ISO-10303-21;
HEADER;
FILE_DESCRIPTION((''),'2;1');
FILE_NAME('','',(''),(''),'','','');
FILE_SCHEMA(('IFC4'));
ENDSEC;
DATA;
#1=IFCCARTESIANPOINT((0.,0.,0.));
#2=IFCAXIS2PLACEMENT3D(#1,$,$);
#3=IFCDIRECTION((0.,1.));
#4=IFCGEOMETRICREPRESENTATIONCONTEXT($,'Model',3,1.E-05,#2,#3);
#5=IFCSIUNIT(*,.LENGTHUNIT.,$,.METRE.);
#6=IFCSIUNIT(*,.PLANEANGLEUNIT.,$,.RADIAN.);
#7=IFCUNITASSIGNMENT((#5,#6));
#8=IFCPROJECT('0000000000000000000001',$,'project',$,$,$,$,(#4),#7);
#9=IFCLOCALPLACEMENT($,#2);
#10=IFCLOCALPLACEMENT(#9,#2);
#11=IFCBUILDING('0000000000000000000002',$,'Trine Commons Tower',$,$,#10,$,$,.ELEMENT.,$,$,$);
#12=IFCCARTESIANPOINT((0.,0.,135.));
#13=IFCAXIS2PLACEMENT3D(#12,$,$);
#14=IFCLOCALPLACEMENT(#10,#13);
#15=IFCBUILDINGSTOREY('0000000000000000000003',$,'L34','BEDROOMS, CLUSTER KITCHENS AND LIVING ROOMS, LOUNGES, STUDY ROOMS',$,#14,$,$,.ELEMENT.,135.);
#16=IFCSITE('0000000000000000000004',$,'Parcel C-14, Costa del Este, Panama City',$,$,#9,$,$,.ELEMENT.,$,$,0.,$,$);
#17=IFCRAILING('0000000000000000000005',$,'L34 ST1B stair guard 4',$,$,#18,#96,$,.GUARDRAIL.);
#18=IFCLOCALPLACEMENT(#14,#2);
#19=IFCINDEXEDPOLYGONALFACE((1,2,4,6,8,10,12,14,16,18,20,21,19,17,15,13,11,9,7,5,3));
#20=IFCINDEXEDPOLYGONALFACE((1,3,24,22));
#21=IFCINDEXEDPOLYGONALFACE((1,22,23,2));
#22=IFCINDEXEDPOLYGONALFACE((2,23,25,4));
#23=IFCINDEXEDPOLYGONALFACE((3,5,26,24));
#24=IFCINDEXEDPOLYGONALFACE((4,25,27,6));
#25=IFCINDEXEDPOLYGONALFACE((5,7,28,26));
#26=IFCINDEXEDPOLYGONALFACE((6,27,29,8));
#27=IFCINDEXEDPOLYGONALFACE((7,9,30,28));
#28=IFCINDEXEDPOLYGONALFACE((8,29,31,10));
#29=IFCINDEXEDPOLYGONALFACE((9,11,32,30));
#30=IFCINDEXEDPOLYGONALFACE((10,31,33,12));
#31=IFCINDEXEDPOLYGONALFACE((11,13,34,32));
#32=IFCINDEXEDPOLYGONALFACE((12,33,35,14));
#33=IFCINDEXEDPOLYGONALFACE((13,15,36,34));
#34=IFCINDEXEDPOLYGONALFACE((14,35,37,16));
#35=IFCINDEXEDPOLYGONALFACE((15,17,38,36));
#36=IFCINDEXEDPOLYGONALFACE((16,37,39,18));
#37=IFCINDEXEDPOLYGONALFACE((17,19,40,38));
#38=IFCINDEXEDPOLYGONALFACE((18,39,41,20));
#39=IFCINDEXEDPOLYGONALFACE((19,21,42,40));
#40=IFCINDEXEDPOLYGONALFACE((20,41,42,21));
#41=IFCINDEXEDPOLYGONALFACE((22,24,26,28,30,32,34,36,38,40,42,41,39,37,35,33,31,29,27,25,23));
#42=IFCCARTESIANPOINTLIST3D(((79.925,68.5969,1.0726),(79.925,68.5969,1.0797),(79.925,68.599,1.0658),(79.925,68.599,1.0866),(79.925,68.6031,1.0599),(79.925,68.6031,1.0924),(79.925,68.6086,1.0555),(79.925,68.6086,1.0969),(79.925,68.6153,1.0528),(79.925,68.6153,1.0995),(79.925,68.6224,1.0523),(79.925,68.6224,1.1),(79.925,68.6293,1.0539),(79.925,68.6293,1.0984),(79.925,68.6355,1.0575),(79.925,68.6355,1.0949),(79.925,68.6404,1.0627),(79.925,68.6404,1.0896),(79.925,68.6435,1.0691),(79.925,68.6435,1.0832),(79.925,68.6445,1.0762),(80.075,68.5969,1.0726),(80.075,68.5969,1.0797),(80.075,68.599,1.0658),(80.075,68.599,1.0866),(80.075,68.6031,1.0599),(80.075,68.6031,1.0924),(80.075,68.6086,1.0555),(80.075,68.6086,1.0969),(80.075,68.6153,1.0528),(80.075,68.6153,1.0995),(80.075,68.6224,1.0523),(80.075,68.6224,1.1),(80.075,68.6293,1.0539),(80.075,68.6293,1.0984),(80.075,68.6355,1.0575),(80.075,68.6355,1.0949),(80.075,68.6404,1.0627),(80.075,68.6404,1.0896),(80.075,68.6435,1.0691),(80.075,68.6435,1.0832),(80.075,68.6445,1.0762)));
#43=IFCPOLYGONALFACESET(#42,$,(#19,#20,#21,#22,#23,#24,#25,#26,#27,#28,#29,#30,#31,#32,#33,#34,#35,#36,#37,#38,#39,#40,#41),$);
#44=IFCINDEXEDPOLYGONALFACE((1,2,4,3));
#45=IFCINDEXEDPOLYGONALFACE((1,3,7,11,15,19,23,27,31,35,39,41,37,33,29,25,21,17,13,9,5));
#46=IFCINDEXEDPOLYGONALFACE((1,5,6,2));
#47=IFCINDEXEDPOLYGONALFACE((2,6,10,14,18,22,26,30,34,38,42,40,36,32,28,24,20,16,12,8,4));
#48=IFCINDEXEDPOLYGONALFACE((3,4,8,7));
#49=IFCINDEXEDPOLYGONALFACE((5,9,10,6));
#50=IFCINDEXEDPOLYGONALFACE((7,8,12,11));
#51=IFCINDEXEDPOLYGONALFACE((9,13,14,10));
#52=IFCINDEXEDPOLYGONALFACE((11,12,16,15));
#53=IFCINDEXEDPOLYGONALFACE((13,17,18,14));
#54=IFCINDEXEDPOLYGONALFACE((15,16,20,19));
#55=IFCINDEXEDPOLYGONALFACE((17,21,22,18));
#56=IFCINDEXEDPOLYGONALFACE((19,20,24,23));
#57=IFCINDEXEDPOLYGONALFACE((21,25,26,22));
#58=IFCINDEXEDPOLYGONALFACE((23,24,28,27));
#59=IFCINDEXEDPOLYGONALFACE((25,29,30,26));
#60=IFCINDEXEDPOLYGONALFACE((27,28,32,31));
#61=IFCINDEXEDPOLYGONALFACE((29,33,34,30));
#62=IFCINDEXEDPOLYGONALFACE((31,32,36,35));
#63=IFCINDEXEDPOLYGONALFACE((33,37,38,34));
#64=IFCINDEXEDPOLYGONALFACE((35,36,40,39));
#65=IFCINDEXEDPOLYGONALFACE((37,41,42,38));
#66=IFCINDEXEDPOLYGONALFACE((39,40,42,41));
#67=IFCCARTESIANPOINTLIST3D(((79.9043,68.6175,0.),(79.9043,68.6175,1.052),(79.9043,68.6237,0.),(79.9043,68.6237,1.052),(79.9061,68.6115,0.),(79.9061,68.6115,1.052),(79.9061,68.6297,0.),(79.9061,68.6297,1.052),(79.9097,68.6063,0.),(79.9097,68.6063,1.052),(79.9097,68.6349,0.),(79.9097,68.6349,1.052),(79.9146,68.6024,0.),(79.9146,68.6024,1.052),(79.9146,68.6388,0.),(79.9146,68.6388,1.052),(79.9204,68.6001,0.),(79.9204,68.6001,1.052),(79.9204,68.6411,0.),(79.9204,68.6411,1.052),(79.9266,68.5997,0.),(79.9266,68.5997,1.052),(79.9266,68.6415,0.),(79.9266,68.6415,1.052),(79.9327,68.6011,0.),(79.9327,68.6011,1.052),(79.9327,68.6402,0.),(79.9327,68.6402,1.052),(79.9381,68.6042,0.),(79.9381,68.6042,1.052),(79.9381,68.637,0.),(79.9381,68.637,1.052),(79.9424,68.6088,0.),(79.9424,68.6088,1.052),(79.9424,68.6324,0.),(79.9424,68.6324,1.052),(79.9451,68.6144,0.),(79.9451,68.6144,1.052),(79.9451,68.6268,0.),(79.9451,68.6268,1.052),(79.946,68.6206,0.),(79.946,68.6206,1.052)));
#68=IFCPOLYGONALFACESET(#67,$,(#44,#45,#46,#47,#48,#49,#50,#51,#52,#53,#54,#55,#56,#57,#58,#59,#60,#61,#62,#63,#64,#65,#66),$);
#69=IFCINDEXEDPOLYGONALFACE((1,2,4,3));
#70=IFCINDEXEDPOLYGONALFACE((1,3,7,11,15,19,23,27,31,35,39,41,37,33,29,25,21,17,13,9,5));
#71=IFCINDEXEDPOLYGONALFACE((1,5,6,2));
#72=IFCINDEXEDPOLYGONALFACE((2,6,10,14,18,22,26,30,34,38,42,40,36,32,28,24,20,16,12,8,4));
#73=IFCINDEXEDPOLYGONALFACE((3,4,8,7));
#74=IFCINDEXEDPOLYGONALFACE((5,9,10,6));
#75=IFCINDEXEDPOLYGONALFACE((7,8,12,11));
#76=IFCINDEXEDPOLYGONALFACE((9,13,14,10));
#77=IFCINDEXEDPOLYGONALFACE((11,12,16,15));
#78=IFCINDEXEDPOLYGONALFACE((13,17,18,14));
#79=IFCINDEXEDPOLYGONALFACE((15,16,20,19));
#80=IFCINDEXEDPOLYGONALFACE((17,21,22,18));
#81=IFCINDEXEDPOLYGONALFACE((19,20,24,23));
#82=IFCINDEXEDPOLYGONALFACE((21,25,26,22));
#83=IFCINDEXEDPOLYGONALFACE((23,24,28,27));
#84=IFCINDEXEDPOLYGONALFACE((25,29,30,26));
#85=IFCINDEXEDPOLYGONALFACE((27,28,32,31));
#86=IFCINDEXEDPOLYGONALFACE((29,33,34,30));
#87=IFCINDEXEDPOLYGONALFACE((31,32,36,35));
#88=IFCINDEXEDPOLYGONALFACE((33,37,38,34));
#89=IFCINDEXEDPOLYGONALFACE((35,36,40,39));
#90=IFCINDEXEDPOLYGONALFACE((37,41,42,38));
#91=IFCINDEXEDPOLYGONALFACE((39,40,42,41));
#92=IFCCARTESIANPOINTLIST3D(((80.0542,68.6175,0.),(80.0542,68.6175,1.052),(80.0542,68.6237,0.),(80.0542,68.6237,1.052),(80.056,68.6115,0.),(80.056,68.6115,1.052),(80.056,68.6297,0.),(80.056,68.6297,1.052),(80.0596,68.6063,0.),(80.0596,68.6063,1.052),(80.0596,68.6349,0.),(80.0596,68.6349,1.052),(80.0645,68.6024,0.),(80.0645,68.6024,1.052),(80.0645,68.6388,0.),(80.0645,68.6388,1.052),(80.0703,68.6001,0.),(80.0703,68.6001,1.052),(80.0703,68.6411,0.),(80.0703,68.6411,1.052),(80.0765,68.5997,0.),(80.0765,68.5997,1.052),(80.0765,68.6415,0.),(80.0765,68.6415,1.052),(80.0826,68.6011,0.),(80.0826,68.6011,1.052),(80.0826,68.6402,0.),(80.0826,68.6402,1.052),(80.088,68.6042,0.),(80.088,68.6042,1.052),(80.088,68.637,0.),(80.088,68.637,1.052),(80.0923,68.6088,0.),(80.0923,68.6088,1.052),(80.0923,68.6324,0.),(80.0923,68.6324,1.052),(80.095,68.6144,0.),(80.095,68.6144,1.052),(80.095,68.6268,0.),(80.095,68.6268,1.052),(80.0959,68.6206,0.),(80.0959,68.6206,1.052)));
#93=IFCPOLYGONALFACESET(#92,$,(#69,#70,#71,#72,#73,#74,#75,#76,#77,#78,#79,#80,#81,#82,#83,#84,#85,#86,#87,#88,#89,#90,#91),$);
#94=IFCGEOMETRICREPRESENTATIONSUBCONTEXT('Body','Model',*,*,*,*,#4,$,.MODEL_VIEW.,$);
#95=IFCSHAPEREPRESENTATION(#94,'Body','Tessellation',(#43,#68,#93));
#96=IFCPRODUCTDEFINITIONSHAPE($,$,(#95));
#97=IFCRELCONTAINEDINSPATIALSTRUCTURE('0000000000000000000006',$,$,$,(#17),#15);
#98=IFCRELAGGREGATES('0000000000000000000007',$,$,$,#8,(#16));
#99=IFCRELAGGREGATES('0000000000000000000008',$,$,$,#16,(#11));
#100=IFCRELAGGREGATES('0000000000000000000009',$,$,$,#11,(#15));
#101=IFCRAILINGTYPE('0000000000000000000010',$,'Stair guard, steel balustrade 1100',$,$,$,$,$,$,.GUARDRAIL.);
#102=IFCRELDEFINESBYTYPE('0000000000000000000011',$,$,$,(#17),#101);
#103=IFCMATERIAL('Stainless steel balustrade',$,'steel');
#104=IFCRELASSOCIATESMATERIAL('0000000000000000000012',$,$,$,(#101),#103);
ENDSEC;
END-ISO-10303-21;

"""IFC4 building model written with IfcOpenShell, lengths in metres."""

from ifc_helpers import new_model, si_unit, direction, frame, origin, origin_2d, place, context, subcontext, project, spatial, circle, extrude, material, type_object, element, save


model = new_model("IFC4")

# Units and contexts
model_context = context("Model", 3, precision=1e-05, world=origin(), true_north=direction((0.0, 1.0)))
body_context = subcontext(model_context, "Body", "Model", "MODEL_VIEW")
ifc_project = project(units=[si_unit("LENGTHUNIT", "METRE"), si_unit("PLANEANGLEUNIT", "RADIAN")], contexts=[model_context])

# Site, building, storey
site_placement = place(None, origin())
site = spatial("IfcSite", under=ifc_project, at=site_placement, Name="Parcel C-14, Costa del Este, Panama City", CompositionType="ELEMENT", RefElevation=0.0)
building_placement = place(site_placement, origin())
building = spatial("IfcBuilding", under=site, at=building_placement, Name="Trine Commons Tower", CompositionType="ELEMENT")
storey_placement = place(building_placement, frame((0.0, 0.0, 135.0)))
storey = spatial("IfcBuildingStorey", under=building, at=storey_placement, Name="L34", Description="BEDROOMS, CLUSTER KITCHENS AND LIVING ROOMS, LOUNGES, STUDY ROOMS", CompositionType="ELEMENT", Elevation=135.0)

# Railing
ifc_material_1 = material(Name="Stainless steel balustrade", Category="steel")
railing_type_1 = type_object("IfcRailingType", Name="Stair guard, steel balustrade 1100", PredefinedType="GUARDRAIL", material=ifc_material_1)
railing_1_placement = place(storey_placement, frame((79.925, 68.6206, 0.0)))
element("IfcRailing", 1, at=railing_1_placement, inside=storey, type_object=railing_type_1, Name="L34 ST1B stair guard 4", PredefinedType="GUARDRAIL", context=body_context, shape_type="SweptSolid", body=[
    extrude(circle(Radius=0.0239, at=origin_2d()), frame((0.0, 0.0, 1.0762), z_axis=(1.0, 0.0, 0.0), x_axis=(0.0, 1.0, 0.0)), (0.0, 0.0, 1.0), 0.1499),
    extrude(circle(Radius=0.021, at=origin_2d()), origin(), (0.0, 0.0, 1.0), 1.052),
    extrude(circle(Radius=0.021, at=origin_2d()), frame((0.1499, 0.0, 0.0)), (0.0, 0.0, 1.0), 1.052),
])

save(model, "model.ifc")
